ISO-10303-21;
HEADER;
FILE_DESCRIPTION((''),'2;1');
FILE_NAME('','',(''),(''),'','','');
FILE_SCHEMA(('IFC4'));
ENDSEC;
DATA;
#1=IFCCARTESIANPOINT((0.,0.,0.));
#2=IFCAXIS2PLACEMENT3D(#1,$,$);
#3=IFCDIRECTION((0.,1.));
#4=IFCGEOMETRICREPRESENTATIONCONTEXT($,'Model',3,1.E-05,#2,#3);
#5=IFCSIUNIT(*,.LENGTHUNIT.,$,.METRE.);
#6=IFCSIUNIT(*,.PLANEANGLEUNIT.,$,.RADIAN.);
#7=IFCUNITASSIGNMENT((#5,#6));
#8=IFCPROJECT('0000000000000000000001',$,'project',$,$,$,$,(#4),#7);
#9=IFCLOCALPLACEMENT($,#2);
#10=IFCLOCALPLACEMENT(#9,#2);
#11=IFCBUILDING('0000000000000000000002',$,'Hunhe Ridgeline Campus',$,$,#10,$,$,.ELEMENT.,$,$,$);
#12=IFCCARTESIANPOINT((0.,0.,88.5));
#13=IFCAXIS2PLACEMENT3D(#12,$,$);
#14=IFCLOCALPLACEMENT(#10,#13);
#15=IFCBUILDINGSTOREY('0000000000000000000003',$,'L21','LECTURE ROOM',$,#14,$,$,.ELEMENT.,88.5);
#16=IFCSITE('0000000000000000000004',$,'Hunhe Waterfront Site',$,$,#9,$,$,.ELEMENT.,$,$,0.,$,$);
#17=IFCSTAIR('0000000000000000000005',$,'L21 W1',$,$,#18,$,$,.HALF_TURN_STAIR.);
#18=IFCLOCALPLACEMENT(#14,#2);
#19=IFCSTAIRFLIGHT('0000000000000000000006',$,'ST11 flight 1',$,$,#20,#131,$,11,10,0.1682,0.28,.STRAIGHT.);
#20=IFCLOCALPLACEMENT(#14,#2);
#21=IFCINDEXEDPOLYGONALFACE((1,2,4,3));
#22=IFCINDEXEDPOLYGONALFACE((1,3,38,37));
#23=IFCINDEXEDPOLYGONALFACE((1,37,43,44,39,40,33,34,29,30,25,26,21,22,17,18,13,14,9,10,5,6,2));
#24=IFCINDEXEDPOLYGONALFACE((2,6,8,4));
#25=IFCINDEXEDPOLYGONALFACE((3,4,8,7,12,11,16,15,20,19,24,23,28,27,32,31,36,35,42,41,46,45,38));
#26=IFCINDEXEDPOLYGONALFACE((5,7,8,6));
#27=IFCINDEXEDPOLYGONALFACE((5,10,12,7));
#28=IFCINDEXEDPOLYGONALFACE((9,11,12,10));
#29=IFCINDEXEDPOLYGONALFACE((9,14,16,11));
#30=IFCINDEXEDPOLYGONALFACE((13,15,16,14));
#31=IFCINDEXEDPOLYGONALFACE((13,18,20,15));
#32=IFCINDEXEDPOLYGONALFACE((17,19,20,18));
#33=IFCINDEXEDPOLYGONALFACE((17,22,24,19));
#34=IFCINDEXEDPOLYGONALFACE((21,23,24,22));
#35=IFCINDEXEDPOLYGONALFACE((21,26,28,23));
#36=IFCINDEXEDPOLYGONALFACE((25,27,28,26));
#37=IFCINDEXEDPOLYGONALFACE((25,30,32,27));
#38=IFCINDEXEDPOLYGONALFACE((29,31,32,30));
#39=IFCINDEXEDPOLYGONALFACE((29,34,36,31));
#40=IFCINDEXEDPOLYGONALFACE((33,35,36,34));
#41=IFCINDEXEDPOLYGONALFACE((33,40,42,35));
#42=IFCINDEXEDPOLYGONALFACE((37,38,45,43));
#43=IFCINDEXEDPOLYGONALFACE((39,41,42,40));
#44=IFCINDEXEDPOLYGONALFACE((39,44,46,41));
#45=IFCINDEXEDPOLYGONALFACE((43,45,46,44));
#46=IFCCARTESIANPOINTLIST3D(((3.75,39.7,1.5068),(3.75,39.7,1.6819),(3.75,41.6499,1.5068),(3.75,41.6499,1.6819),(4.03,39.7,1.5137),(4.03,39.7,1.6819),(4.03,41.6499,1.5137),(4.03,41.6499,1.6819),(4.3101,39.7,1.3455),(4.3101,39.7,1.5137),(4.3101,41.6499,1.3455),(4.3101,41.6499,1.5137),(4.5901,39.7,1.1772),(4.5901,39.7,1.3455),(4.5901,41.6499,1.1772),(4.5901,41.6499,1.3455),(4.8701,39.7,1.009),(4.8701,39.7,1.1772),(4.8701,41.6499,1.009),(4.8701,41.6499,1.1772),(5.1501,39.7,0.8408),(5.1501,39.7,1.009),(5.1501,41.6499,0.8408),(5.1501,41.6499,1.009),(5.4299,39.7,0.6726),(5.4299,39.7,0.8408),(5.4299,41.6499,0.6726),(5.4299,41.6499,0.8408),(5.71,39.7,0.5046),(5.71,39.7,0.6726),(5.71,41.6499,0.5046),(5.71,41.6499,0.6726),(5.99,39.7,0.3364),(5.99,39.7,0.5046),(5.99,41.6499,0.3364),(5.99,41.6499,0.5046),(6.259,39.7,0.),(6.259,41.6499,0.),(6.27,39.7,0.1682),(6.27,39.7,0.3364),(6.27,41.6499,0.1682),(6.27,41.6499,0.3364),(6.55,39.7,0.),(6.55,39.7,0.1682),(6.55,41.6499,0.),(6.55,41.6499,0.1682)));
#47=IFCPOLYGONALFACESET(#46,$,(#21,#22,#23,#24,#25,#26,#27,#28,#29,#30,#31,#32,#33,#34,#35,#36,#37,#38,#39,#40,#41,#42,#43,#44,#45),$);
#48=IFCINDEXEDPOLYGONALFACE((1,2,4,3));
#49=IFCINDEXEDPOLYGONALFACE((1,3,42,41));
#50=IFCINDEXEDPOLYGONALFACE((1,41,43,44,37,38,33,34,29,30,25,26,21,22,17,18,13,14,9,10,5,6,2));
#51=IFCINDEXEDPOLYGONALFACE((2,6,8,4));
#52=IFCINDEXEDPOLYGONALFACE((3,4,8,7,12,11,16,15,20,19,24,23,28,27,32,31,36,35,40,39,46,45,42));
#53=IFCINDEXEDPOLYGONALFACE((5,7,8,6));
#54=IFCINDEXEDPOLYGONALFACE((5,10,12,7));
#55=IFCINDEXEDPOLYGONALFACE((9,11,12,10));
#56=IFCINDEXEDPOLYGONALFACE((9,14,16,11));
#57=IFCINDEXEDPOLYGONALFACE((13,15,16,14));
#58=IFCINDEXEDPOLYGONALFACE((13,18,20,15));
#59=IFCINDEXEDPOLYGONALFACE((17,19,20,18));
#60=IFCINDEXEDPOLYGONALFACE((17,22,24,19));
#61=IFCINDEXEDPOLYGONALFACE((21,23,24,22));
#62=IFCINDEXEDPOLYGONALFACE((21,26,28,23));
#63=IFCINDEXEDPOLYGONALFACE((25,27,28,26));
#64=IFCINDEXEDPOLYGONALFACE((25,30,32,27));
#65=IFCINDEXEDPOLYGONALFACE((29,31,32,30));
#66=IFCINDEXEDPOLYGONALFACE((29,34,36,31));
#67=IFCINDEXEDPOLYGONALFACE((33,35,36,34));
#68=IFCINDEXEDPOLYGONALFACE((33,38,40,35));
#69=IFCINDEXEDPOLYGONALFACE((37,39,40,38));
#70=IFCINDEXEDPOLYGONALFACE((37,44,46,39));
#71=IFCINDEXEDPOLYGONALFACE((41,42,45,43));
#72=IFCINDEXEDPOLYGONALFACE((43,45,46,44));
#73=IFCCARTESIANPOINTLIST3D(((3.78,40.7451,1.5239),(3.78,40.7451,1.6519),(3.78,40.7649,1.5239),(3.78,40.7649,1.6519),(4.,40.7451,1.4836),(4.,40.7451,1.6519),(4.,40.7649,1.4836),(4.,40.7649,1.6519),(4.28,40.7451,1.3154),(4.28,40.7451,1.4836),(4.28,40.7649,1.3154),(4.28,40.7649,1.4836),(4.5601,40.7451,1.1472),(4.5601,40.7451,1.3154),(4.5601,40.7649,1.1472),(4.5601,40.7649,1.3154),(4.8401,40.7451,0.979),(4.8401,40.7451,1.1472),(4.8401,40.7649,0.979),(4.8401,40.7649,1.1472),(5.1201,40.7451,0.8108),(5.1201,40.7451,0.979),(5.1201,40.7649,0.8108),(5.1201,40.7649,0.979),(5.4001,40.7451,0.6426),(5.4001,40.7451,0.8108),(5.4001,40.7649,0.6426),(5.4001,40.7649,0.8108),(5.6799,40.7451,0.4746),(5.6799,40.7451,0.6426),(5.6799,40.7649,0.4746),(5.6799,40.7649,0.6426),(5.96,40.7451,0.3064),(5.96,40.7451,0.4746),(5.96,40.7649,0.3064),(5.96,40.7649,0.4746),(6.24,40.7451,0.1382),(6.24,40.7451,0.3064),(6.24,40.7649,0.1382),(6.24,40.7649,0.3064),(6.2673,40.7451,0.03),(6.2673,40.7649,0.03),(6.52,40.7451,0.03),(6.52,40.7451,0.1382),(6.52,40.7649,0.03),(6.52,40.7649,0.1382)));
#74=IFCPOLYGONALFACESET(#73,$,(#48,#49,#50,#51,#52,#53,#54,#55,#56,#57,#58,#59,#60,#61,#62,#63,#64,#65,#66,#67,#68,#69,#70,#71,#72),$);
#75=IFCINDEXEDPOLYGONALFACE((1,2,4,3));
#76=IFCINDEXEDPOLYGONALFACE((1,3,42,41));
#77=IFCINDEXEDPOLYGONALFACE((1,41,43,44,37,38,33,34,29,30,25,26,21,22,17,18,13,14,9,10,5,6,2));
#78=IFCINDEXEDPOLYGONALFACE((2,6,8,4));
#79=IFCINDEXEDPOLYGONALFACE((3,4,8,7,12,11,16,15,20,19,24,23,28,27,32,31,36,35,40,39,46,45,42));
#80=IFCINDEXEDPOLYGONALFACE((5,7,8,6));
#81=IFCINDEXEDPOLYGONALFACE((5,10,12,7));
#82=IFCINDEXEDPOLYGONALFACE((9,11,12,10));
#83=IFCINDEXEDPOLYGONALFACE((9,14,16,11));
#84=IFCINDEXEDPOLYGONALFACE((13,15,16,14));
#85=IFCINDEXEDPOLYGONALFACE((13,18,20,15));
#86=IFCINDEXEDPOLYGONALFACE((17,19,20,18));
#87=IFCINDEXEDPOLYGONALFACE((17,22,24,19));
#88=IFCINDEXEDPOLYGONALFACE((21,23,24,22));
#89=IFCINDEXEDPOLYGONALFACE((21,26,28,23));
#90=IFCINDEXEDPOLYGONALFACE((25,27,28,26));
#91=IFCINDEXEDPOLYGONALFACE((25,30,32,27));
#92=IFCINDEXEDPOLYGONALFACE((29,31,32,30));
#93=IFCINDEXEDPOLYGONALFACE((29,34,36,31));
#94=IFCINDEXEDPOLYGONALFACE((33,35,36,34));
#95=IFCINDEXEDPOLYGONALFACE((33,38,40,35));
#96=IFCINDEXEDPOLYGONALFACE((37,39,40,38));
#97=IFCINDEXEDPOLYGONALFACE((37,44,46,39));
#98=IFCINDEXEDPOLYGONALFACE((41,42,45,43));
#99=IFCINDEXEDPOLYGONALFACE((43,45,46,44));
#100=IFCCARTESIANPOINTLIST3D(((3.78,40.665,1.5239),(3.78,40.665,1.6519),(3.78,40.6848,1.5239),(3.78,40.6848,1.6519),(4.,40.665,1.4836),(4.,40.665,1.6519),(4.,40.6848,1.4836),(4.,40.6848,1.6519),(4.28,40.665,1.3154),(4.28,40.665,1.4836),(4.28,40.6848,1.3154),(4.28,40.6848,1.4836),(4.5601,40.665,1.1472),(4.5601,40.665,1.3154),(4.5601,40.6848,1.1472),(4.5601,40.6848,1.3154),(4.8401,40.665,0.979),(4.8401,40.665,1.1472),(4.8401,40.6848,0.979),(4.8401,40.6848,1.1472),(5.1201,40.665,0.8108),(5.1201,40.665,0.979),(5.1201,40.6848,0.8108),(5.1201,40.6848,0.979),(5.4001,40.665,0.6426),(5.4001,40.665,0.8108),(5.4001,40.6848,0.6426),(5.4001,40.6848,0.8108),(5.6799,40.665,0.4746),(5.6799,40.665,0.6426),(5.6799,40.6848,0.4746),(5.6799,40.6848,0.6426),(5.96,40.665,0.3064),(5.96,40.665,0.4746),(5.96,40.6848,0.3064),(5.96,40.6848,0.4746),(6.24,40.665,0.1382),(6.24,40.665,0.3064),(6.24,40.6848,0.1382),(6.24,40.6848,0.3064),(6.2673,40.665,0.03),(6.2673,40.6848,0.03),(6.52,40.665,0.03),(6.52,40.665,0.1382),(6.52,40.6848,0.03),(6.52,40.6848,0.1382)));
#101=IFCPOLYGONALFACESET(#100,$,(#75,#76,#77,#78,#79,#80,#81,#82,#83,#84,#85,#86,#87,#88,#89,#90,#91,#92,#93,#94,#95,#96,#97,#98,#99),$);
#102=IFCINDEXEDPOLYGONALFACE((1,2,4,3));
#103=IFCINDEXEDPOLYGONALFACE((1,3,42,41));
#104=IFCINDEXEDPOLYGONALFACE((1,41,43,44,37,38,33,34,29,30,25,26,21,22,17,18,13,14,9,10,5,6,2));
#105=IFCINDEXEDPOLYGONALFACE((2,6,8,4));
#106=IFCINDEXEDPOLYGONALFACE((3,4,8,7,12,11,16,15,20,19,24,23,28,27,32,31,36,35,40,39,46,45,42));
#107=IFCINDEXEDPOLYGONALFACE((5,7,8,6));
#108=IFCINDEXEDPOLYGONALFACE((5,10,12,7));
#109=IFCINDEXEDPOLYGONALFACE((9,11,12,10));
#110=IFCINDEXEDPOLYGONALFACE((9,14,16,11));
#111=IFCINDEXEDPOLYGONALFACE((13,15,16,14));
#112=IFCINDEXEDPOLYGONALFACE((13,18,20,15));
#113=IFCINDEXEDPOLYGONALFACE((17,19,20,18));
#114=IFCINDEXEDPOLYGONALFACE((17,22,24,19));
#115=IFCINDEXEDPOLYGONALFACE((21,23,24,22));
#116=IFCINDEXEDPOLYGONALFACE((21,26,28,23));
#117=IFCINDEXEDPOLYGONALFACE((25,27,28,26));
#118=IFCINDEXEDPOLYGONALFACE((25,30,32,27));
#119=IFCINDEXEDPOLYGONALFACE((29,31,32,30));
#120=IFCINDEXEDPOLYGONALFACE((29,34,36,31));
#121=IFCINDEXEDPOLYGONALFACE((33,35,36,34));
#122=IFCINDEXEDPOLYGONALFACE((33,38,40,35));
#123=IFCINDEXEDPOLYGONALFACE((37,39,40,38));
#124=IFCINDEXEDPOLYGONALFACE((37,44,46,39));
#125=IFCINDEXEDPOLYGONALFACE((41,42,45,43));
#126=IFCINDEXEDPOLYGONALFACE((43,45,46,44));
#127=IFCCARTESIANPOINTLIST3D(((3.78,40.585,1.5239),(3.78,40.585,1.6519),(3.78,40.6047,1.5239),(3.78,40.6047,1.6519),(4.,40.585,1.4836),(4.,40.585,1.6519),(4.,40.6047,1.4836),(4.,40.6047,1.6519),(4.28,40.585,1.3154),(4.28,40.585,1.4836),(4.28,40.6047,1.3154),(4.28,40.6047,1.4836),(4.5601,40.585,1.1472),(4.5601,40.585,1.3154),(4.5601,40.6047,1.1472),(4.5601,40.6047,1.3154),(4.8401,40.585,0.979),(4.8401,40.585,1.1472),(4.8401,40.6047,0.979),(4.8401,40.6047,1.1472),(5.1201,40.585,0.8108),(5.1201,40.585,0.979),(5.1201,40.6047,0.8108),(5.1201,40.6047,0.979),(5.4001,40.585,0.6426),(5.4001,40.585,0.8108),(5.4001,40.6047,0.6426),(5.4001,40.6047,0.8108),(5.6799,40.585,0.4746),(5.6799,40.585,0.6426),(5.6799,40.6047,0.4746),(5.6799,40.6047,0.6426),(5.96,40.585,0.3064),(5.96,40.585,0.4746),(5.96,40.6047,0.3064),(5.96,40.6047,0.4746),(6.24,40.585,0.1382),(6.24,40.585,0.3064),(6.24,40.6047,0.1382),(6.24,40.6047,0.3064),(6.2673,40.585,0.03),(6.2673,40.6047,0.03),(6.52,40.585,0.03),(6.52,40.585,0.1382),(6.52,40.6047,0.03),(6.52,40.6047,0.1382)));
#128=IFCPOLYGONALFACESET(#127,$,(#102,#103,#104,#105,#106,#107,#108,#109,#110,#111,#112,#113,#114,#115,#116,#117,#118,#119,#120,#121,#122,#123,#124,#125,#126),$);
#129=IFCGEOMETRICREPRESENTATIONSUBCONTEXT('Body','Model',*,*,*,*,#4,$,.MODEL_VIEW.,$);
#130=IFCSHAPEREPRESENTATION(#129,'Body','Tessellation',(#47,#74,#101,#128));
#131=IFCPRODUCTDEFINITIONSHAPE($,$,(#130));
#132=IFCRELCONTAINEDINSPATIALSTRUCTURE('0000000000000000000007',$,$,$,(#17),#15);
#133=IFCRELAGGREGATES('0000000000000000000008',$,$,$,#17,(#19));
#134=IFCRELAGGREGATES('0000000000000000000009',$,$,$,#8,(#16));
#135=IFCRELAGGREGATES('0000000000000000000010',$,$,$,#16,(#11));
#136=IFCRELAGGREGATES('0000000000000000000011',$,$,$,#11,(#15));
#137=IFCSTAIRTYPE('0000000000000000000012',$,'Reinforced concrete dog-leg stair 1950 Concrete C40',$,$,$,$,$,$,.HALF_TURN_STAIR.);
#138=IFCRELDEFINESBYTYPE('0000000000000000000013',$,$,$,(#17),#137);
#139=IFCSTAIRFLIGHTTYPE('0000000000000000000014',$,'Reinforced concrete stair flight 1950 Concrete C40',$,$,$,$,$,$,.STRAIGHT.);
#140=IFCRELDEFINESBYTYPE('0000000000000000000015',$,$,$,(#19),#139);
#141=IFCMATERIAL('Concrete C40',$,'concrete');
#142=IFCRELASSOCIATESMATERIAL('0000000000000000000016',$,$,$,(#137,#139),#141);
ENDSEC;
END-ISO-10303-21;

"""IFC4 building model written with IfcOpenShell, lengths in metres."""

from ifc_helpers import new_model, si_unit, direction, frame, origin, place, context, subcontext, project, spatial, polyline, outline, extrude, material, type_object, element, aggregate, save


model = new_model("IFC4")

# Units and contexts
model_context = context("Model", 3, precision=1e-05, world=origin(), true_north=direction((0.0, 1.0)))
body_context = subcontext(model_context, "Body", "Model", "MODEL_VIEW")
ifc_project = project(units=[si_unit("LENGTHUNIT", "METRE"), si_unit("PLANEANGLEUNIT", "RADIAN")], contexts=[model_context])

# Site, building, storey
site_placement = place(None, origin())
site = spatial("IfcSite", under=ifc_project, at=site_placement, Name="Hunhe Waterfront Site", CompositionType="ELEMENT", RefElevation=0.0)
building_placement = place(site_placement, origin())
building = spatial("IfcBuilding", under=site, at=building_placement, Name="Hunhe Ridgeline Campus", CompositionType="ELEMENT")
storey_placement = place(building_placement, frame((0.0, 0.0, 88.5)))
storey = spatial("IfcBuildingStorey", under=building, at=storey_placement, Name="L21", Description="LECTURE ROOM", CompositionType="ELEMENT", Elevation=88.5)

# Shared definitions
ifc_material_1 = material(Name="Concrete C40", Category="concrete")
stair_type = type_object("IfcStairType", Name="Reinforced concrete dog-leg stair 1950 Concrete C40", PredefinedType="HALF_TURN_STAIR", material=ifc_material_1)
stair_flight_type = type_object("IfcStairFlightType", Name="Reinforced concrete stair flight 1950 Concrete C40", PredefinedType="STRAIGHT", material=ifc_material_1)

# Stair, stair flight
stair_1_placement = place(storey_placement, origin())
stair_1 = element("IfcStair", 1, at=stair_1_placement, inside=storey, type_object=stair_type, Name="L21 W1", PredefinedType="HALF_TURN_STAIR")
stair_flight_1_placement = place(storey_placement, frame((6.55, 40.675, 0.0), z_axis=(0.0, 0.0, 1.0), x_axis=(-1.0, 0.0, 0.0)))
stair_flight_1 = element("IfcStairFlight", 2, at=stair_flight_1_placement, type_object=stair_flight_type, Name="ST11 flight 1", NumberOfRisers=11, NumberOfTreads=10, PredefinedType="STRAIGHT", RiserHeight=0.1682, TreadLength=0.28, context=body_context, shape_type="SweptSolid", body=[
    extrude(outline(polyline([(0.0, 0.0), (0.0, 0.1682), (0.28, 0.1682), (0.28, 0.3364), (0.5601, 0.3364), (0.5601, 0.5046), (0.8401, 0.5046), (0.8401, 0.6726), (1.1201, 0.6726), (1.1201, 0.8408), (1.3999, 0.8408), (1.3999, 1.009), (1.6799, 1.009), (1.6799, 1.1772), (1.96, 1.1772), (1.96, 1.3455), (2.24, 1.3455), (2.24, 1.5137), (2.52, 1.5137), (2.52, 1.6819), (2.8, 1.6819), (2.8, 1.8501), (2.8, 1.5068), (0.291, 0.0), (0.0, 0.0)])), frame((0.0, 0.9751, 0.0), z_axis=(0.0, -1.0, 0.0), x_axis=(1.0, 0.0, 0.0)), (0.0, 0.0, 1.0), 1.95),
    extrude(outline(polyline([(0.03, 0.03), (0.03, 0.1382), (0.3101, 0.1382), (0.3101, 0.3064), (0.5901, 0.3064), (0.5901, 0.4746), (0.8701, 0.4746), (0.8701, 0.6426), (1.1499, 0.6426), (1.1499, 0.8108), (1.4299, 0.8108), (1.4299, 0.979), (1.71, 0.979), (1.71, 1.1472), (1.99, 1.1472), (1.99, 1.3154), (2.27, 1.3154), (2.27, 1.4836), (2.55, 1.4836), (2.55, 1.6519), (2.77, 1.6519), (2.77, 1.5239), (0.2827, 0.03), (0.03, 0.03)])), frame((0.0, -0.0701, 0.0), z_axis=(0.0, -1.0, 0.0), x_axis=(1.0, 0.0, 0.0)), (0.0, 0.0, 1.0), 0.0198),
    extrude(outline(polyline([(0.03, 0.03), (0.03, 0.1382), (0.3101, 0.1382), (0.3101, 0.3064), (0.5901, 0.3064), (0.5901, 0.4746), (0.8701, 0.4746), (0.8701, 0.6426), (1.1499, 0.6426), (1.1499, 0.8108), (1.4299, 0.8108), (1.4299, 0.979), (1.71, 0.979), (1.71, 1.1472), (1.99, 1.1472), (1.99, 1.3154), (2.27, 1.3154), (2.27, 1.4836), (2.55, 1.4836), (2.55, 1.6519), (2.77, 1.6519), (2.77, 1.5239), (0.2827, 0.03), (0.03, 0.03)])), frame((0.0, 0.01, 0.0), z_axis=(0.0, -1.0, 0.0), x_axis=(1.0, 0.0, 0.0)), (0.0, 0.0, 1.0), 0.0198),
    extrude(outline(polyline([(0.03, 0.03), (0.03, 0.1382), (0.3101, 0.1382), (0.3101, 0.3064), (0.5901, 0.3064), (0.5901, 0.4746), (0.8701, 0.4746), (0.8701, 0.6426), (1.1499, 0.6426), (1.1499, 0.8108), (1.4299, 0.8108), (1.4299, 0.979), (1.71, 0.979), (1.71, 1.1472), (1.99, 1.1472), (1.99, 1.3154), (2.27, 1.3154), (2.27, 1.4836), (2.55, 1.4836), (2.55, 1.6519), (2.77, 1.6519), (2.77, 1.5239), (0.2827, 0.03), (0.03, 0.03)])), frame((0.0, 0.0901, 0.0), z_axis=(0.0, -1.0, 0.0), x_axis=(1.0, 0.0, 0.0)), (0.0, 0.0, 1.0), 0.0198),
])
aggregate(stair_1, [stair_flight_1])

save(model, "model.ifc")
